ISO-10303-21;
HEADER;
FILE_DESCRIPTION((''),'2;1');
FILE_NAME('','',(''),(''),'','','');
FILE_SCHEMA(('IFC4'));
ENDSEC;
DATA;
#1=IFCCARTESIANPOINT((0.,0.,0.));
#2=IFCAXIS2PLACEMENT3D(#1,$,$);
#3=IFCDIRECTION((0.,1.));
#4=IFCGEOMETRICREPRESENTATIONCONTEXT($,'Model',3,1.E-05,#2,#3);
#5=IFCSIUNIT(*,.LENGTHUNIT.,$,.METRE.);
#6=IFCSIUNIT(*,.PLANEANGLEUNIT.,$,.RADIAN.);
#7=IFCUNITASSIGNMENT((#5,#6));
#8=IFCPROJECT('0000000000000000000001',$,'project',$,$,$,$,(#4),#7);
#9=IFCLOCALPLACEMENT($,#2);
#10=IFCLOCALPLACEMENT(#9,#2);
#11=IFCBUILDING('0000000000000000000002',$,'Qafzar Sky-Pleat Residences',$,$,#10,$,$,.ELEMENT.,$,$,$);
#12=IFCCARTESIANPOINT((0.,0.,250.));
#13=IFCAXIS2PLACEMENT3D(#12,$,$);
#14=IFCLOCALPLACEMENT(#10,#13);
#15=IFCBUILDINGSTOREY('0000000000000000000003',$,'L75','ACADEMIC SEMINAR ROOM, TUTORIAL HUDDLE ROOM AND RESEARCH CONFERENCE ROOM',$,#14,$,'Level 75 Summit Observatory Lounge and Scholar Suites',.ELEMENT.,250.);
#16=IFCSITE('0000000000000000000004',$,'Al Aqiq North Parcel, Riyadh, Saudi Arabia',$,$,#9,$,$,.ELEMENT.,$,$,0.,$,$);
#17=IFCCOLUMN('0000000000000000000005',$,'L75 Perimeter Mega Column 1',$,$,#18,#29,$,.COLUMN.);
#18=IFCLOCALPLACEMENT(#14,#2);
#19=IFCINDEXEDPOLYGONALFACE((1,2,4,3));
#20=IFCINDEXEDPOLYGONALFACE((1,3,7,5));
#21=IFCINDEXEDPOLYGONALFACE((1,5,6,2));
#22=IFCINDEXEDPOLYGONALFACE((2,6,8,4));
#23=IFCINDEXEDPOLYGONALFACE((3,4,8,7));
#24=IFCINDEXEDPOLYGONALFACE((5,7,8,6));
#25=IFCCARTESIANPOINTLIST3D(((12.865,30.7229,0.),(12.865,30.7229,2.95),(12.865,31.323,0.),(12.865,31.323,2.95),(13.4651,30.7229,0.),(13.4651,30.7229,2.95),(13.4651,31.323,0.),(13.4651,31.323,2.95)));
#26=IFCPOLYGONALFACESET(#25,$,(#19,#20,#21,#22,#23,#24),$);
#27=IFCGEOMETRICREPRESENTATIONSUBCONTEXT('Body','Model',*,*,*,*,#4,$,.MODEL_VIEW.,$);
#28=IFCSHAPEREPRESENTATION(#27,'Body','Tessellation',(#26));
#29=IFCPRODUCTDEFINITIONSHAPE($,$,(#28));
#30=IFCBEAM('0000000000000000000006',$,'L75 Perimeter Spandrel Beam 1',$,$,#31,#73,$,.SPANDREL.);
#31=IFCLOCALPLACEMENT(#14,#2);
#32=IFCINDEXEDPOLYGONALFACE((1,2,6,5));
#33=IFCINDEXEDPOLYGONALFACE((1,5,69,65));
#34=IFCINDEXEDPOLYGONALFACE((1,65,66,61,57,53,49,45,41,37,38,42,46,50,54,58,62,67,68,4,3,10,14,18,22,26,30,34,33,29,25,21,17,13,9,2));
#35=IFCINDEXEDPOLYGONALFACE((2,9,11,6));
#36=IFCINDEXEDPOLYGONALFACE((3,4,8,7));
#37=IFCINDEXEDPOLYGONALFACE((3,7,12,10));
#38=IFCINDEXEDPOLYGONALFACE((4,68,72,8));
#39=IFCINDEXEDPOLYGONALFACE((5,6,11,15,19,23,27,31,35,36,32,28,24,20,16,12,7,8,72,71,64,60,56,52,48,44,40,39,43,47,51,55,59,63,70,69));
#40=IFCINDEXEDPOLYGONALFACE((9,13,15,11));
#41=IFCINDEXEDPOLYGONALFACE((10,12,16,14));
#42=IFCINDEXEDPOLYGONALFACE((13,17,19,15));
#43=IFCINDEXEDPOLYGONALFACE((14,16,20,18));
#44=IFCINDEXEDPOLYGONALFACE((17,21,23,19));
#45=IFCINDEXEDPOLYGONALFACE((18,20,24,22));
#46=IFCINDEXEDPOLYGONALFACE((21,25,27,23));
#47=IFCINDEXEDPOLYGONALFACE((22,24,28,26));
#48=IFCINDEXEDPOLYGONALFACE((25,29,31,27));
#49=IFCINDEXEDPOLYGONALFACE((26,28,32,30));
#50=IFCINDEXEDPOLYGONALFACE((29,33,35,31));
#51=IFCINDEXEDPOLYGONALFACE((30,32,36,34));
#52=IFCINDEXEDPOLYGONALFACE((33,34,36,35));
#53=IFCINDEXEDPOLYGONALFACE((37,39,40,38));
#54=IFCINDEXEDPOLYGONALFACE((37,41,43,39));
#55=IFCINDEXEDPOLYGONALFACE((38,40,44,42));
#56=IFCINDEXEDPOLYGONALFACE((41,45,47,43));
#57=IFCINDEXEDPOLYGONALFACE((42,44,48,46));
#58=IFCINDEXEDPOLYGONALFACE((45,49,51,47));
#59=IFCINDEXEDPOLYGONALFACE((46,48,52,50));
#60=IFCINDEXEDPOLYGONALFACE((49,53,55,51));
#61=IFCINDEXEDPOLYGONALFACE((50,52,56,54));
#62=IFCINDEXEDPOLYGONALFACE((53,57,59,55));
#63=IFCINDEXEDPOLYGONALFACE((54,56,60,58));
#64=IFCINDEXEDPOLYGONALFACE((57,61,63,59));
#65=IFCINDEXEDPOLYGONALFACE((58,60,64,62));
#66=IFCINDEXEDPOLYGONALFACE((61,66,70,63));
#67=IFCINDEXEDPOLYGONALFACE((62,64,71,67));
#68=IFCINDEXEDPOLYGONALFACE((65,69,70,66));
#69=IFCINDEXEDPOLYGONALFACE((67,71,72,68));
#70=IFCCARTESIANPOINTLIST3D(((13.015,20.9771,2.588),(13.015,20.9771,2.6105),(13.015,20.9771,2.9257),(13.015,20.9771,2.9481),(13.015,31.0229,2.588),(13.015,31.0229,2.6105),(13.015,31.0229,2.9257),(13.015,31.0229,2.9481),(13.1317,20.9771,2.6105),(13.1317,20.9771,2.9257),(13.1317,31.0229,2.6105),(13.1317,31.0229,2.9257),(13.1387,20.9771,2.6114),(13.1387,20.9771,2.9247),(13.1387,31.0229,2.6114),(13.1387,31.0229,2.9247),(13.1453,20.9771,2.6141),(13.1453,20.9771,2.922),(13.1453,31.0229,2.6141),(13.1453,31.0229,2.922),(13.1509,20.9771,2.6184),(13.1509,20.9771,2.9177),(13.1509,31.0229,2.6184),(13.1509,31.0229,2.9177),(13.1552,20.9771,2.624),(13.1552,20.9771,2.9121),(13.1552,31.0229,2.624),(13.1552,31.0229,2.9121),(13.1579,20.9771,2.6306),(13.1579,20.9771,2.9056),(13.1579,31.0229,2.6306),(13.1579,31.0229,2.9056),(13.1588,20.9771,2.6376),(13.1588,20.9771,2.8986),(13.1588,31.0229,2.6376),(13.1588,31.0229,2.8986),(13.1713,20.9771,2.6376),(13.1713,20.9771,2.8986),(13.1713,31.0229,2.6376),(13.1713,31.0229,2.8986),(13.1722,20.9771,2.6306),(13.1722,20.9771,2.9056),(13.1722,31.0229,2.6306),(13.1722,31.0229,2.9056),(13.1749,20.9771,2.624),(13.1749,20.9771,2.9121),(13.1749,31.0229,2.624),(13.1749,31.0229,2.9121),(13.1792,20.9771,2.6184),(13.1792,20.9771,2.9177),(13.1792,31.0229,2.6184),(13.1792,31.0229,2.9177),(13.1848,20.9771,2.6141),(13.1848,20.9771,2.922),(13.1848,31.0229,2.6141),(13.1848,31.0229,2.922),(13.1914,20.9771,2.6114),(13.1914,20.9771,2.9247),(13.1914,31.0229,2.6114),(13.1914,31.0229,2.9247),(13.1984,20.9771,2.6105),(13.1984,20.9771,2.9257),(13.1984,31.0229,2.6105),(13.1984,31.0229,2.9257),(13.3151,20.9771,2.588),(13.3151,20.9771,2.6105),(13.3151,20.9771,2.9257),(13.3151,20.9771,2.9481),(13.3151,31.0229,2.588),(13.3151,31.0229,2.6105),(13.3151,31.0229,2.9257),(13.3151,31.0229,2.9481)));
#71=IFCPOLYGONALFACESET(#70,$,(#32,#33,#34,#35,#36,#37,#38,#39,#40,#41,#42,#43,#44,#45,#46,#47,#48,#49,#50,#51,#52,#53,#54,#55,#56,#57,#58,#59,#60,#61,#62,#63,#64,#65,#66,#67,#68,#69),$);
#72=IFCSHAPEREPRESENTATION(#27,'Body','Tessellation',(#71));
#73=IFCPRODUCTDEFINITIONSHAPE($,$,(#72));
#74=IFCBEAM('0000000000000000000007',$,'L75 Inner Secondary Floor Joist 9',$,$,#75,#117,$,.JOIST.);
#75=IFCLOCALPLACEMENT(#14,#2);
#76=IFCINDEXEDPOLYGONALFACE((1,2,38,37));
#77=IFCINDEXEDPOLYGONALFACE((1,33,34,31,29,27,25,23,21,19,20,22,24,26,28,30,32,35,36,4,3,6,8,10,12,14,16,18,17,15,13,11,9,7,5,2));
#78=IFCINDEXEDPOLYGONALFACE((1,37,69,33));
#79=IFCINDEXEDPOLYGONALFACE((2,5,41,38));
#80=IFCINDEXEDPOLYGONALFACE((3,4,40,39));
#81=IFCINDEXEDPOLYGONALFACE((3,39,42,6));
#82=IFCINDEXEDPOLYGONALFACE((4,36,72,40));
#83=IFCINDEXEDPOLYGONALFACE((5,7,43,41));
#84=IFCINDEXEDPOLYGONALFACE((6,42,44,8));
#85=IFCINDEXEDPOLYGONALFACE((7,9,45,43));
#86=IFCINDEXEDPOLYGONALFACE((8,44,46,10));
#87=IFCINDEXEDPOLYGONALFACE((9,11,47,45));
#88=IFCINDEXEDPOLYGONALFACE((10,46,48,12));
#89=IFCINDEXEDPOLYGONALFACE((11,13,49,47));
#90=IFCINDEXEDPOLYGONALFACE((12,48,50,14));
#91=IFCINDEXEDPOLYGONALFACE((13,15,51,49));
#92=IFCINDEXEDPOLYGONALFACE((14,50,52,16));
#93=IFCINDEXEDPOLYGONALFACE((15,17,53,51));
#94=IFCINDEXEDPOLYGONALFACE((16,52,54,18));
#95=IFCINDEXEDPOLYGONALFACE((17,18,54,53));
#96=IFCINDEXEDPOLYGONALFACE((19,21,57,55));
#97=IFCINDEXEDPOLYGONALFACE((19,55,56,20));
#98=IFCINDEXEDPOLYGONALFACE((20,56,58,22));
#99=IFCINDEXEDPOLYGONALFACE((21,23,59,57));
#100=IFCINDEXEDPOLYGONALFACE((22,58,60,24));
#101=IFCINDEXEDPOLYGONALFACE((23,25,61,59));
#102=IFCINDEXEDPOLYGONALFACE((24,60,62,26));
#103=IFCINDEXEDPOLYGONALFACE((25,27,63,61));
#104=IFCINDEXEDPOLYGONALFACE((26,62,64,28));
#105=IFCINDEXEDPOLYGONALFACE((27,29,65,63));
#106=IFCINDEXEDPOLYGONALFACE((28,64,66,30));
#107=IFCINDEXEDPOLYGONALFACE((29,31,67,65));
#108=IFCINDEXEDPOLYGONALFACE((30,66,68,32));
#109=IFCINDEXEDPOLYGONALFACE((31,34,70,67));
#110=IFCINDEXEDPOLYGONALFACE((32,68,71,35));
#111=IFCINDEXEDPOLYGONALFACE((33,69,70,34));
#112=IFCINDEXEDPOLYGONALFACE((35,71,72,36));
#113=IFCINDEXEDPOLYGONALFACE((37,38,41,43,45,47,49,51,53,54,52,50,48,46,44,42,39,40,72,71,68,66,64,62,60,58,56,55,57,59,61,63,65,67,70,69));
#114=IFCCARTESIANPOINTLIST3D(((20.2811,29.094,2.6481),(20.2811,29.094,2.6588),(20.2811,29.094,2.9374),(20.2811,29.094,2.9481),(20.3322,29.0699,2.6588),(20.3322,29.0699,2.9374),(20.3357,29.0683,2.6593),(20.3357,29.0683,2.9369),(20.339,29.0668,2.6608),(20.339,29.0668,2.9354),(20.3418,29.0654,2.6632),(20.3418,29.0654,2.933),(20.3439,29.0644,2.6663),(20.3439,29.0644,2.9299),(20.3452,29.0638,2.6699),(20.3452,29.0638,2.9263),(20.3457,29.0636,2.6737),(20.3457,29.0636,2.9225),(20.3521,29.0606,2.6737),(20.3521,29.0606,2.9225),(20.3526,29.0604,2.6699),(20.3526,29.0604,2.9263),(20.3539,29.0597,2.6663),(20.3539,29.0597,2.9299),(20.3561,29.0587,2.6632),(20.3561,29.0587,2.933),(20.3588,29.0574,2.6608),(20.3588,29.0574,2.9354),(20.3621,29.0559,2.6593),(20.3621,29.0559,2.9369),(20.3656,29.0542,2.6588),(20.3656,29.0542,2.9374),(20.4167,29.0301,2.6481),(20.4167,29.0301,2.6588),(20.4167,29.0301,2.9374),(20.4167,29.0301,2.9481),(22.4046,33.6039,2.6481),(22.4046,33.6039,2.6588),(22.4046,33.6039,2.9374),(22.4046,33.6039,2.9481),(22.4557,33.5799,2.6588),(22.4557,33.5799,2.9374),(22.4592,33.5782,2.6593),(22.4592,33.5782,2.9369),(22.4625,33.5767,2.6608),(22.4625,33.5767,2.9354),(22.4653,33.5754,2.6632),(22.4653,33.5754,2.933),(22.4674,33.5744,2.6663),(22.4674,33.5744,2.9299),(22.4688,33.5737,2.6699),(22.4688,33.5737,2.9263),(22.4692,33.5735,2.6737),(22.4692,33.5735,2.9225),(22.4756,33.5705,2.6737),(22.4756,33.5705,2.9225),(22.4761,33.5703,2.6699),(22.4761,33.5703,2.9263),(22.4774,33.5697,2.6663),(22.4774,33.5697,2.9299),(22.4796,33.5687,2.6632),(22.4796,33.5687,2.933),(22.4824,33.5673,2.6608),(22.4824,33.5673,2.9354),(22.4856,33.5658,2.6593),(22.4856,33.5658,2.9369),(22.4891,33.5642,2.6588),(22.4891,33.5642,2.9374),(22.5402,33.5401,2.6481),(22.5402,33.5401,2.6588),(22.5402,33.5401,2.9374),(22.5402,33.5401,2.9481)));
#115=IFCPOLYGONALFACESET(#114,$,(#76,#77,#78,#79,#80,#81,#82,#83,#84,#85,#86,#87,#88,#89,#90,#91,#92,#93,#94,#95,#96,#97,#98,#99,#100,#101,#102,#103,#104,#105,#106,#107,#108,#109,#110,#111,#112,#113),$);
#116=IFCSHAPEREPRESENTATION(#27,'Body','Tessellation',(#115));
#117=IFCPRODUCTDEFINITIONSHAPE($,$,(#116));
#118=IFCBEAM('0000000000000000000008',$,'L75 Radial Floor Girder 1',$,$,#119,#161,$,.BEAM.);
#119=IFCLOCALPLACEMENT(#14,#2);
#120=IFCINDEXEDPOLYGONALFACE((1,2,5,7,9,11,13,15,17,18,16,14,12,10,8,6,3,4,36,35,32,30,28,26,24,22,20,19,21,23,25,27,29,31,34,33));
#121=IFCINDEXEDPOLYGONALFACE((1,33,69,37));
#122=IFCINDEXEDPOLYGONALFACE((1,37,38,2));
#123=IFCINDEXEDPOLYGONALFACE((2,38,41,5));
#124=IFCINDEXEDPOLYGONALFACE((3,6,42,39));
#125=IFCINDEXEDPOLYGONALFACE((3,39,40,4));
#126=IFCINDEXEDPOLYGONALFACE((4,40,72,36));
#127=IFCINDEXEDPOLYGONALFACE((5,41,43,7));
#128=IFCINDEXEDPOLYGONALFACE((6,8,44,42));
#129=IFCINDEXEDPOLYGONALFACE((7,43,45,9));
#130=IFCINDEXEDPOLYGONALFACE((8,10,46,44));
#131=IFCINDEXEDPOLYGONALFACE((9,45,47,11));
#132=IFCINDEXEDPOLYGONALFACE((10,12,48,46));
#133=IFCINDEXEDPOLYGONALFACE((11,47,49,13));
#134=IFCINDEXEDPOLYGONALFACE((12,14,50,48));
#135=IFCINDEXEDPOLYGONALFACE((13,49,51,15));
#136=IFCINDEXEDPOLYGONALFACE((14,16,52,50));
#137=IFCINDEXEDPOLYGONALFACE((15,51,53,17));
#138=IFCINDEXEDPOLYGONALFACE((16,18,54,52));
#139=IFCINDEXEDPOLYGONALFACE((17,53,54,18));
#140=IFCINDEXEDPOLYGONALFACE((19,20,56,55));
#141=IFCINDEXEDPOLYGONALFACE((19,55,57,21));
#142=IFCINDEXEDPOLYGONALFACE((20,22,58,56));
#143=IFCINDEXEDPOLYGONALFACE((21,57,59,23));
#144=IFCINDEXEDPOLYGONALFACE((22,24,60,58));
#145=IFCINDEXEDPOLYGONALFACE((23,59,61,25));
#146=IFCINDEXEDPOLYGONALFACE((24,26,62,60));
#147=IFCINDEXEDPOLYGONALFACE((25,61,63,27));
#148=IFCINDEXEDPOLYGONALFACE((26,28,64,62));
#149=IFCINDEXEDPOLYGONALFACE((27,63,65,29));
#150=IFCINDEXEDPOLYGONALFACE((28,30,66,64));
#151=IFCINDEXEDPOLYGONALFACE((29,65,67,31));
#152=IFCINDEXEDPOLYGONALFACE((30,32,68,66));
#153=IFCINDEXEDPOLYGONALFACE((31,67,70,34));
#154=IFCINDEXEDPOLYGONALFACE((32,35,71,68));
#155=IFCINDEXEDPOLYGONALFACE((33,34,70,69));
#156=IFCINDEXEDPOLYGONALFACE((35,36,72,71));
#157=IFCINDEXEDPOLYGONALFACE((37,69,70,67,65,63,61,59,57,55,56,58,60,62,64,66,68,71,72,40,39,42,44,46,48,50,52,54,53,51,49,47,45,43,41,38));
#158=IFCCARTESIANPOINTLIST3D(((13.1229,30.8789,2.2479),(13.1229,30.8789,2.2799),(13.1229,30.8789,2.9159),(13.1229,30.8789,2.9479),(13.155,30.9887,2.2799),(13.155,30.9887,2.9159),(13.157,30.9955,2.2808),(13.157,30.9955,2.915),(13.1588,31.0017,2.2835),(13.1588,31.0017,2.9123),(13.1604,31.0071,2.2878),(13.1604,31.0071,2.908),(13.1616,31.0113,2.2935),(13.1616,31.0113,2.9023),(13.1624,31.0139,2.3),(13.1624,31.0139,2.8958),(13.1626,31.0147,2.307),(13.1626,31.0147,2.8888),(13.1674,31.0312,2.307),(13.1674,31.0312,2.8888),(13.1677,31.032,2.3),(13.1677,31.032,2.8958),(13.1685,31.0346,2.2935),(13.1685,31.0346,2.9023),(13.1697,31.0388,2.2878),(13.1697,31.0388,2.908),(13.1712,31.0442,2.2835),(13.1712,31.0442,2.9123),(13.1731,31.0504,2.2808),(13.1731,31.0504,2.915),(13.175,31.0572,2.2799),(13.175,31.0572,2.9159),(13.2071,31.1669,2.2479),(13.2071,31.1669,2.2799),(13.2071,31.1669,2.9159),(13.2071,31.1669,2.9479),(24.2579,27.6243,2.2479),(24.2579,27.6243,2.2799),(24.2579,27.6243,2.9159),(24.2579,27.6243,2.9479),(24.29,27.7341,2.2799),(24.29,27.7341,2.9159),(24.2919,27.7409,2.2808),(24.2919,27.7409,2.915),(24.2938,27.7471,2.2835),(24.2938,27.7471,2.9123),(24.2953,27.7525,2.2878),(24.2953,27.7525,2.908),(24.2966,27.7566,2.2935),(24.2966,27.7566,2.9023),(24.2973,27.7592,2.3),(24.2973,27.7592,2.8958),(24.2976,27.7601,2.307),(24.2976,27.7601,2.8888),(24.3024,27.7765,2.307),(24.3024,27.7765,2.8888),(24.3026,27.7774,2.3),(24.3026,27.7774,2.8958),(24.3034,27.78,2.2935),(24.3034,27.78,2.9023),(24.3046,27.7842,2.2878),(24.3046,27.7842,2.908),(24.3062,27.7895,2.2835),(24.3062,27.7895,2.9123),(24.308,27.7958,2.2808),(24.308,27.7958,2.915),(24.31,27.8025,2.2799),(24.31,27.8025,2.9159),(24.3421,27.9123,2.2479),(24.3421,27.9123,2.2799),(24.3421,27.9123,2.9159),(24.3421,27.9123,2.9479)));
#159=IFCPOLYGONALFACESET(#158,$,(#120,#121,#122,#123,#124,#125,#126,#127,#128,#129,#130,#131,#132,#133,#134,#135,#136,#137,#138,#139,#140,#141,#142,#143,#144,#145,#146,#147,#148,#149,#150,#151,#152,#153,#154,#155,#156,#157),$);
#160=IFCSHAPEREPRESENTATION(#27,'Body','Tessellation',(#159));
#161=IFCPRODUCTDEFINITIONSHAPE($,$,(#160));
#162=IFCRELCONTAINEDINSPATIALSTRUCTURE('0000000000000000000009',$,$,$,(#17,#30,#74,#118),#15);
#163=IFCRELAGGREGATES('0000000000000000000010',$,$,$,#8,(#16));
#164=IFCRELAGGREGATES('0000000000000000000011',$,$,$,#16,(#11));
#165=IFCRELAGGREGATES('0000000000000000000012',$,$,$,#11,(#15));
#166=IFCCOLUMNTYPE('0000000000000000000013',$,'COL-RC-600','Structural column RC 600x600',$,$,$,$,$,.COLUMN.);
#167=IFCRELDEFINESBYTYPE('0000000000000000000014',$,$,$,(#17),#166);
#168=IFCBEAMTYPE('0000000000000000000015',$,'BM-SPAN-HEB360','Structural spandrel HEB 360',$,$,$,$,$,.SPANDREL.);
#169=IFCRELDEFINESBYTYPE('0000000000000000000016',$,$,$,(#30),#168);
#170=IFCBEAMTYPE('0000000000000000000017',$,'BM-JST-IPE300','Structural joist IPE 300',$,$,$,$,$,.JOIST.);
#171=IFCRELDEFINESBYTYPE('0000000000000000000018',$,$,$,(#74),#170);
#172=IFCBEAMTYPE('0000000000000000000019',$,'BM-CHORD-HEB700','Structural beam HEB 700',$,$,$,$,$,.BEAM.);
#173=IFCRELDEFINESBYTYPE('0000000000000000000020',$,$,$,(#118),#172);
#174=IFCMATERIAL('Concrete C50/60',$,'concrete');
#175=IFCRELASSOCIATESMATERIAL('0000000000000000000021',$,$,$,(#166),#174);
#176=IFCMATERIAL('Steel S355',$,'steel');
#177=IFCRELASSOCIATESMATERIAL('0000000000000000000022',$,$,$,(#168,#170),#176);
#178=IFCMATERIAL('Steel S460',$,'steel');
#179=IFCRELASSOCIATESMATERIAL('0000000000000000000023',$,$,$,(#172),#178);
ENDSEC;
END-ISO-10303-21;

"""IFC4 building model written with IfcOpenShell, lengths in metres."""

from ifc_helpers import new_model, si_unit, direction, frame, origin, origin_2d, place, context, subcontext, project, spatial, rectangle, i_section, extrude, source, transform, mapped, material, material_profile, profile_set, type_object, element, save


model = new_model("IFC4")

# Units and contexts
model_context = context("Model", 3, precision=1e-05, world=origin(), true_north=direction((0.0, 1.0)))
body_context = subcontext(model_context, "Body", "Model", "MODEL_VIEW")
ifc_project = project(units=[si_unit("LENGTHUNIT", "METRE"), si_unit("PLANEANGLEUNIT", "RADIAN")], contexts=[model_context])

# Site, building, storey
site_placement = place(None, origin())
site = spatial("IfcSite", under=ifc_project, at=site_placement, Name="Al Aqiq North Parcel, Riyadh, Saudi Arabia", CompositionType="ELEMENT", RefElevation=0.0)
building_placement = place(site_placement, origin())
building = spatial("IfcBuilding", under=site, at=building_placement, Name="Qafzar Sky-Pleat Residences", CompositionType="ELEMENT")
storey_placement = place(building_placement, frame((0.0, 0.0, 250.0)))
storey = spatial("IfcBuildingStorey", under=building, at=storey_placement, Name="L75", Description="ACADEMIC SEMINAR ROOM, TUTORIAL HUDDLE ROOM AND RESEARCH CONFERENCE ROOM", LongName="Level 75 Summit Observatory Lounge and Scholar Suites", CompositionType="ELEMENT", Elevation=250.0)

# Column
ifc_material_1 = material(Name="Concrete C50/60", Category="concrete")
ifc_material_profile_1 = material_profile(ifc_material_1, rectangle(XDim=0.6001, YDim=0.6001, at=origin_2d()), Name="RC 600x600")
ifc_profile_set_1 = profile_set([ifc_material_profile_1], Name="Concrete C50/60")
column_type = type_object("IfcColumnType", Name="COL-RC-600", Description="Structural column RC 600x600", PredefinedType="COLUMN", material=ifc_profile_set_1)
shared_shape_1 = source(origin(), body_context, "Body", "SweptSolid", [
    extrude(rectangle(XDim=0.6001, YDim=0.6001, at=origin_2d()), origin(), (0.0, 0.0, 1.0), 2.95),
])
column_placement = place(storey_placement, frame((13.165, 31.0229, 0.0), z_axis=(0.0, 0.0, 1.0), x_axis=(1.0, 0.0, 0.0)))
element("IfcColumn", 1, at=column_placement, inside=storey, type_object=column_type, Name="L75 Perimeter Mega Column 1", PredefinedType="COLUMN", context=body_context, shape_type="MappedRepresentation", body=[
    mapped(shared_shape_1, transform((0.0, 0.0, 0.0), x_axis=(1.0, 0.0, 0.0), y_axis=(0.0, 1.0, 0.0), z_axis=(0.0, 0.0, 1.0), scale=1.0)),
])

# Beams
ifc_material_2 = material(Name="Steel S355", Category="steel")
ifc_material_profile_2 = material_profile(ifc_material_2, i_section(OverallWidth=0.3, OverallDepth=0.3601, WebThickness=0.0125, FlangeThickness=0.0225, FilletRadius=0.0271, at=origin_2d()), Name="HEB 360")
ifc_profile_set_2 = profile_set([ifc_material_profile_2], Name="Steel S355")
beam_type_1 = type_object("IfcBeamType", Name="BM-SPAN-HEB360", Description="Structural spandrel HEB 360", PredefinedType="SPANDREL", material=ifc_profile_set_2)
shared_shape_2 = source(origin(), body_context, "Body", "SweptSolid", [
    extrude(i_section(OverallWidth=0.3, OverallDepth=0.3601, WebThickness=0.0125, FlangeThickness=0.0225, FilletRadius=0.0271, at=origin_2d()), origin(), (0.0, 0.0, 1.0), 10.0459),
])
beam_1_placement = place(storey_placement, frame((13.165, 31.0229, 2.7681), z_axis=(0.0, -1.0, 0.0), x_axis=(1.0, 0.0, 0.0)))
element("IfcBeam", 2, at=beam_1_placement, inside=storey, type_object=beam_type_1, Name="L75 Perimeter Spandrel Beam 1", PredefinedType="SPANDREL", context=body_context, shape_type="MappedRepresentation", body=[
    mapped(shared_shape_2, transform((0.0, 0.0, 0.0), x_axis=(1.0, 0.0, 0.0), y_axis=(0.0, 1.0, 0.0), z_axis=(0.0, 0.0, 1.0), scale=1.0)),
])
ifc_material_profile_3 = material_profile(ifc_material_2, i_section(OverallWidth=0.1499, OverallDepth=0.3, WebThickness=0.0071, FlangeThickness=0.0107, FilletRadius=0.0149, at=origin_2d()), Name="IPE 300")
ifc_profile_set_3 = profile_set([ifc_material_profile_3], Name="Steel S355")
beam_type_2 = type_object("IfcBeamType", Name="BM-JST-IPE300", Description="Structural joist IPE 300", PredefinedType="JOIST", material=ifc_profile_set_3)
shared_shape_3 = source(origin(), body_context, "Body", "SweptSolid", [
    extrude(i_section(OverallWidth=0.1499, OverallDepth=0.3, WebThickness=0.0071, FlangeThickness=0.0107, FilletRadius=0.0149, at=origin_2d()), origin(), (0.0, 0.0, 1.0), 4.9849),
])
beam_2_placement = place(storey_placement, frame((22.4724, 33.572, 2.7981), z_axis=(-0.42599, -0.904728, 0.0), x_axis=(0.904728, -0.42599, 0.0)))
element("IfcBeam", 3, at=beam_2_placement, inside=storey, type_object=beam_type_2, Name="L75 Inner Secondary Floor Joist 9", PredefinedType="JOIST", context=body_context, shape_type="MappedRepresentation", body=[
    mapped(shared_shape_3, transform((0.0, 0.0, 0.0), x_axis=(1.0, 0.0, 0.0), y_axis=(0.0, 1.0, 0.0), z_axis=(0.0, 0.0, 1.0), scale=1.0)),
])
ifc_material_3 = material(Name="Steel S460", Category="steel")
ifc_material_profile_4 = material_profile(ifc_material_3, i_section(OverallWidth=0.3, OverallDepth=0.7, WebThickness=0.0171, FlangeThickness=0.032, FilletRadius=0.0271, at=origin_2d()), Name="HEB 700")
ifc_profile_set_4 = profile_set([ifc_material_profile_4], Name="Steel S460")
beam_type_3 = type_object("IfcBeamType", Name="BM-CHORD-HEB700", Description="Structural beam HEB 700", PredefinedType="BEAM", material=ifc_profile_set_4)
shared_shape_4 = source(origin(), body_context, "Body", "SweptSolid", [
    extrude(i_section(OverallWidth=0.3, OverallDepth=0.7, WebThickness=0.0171, FlangeThickness=0.032, FilletRadius=0.0271, at=origin_2d()), origin(), (0.0, 0.0, 1.0), 11.6008),
])
beam_3_placement = place(storey_placement, frame((13.165, 31.0229, 2.5979), z_axis=(0.959839, -0.28055, 0.0), x_axis=(0.28055, 0.959839, 0.0)))
element("IfcBeam", 4, at=beam_3_placement, inside=storey, type_object=beam_type_3, Name="L75 Radial Floor Girder 1", PredefinedType="BEAM", context=body_context, shape_type="MappedRepresentation", body=[
    mapped(shared_shape_4, transform((0.0, 0.0, 0.0), x_axis=(1.0, 0.0, 0.0), y_axis=(0.0, 1.0, 0.0), z_axis=(0.0, 0.0, 1.0), scale=1.0)),
])

save(model, "model.ifc")
